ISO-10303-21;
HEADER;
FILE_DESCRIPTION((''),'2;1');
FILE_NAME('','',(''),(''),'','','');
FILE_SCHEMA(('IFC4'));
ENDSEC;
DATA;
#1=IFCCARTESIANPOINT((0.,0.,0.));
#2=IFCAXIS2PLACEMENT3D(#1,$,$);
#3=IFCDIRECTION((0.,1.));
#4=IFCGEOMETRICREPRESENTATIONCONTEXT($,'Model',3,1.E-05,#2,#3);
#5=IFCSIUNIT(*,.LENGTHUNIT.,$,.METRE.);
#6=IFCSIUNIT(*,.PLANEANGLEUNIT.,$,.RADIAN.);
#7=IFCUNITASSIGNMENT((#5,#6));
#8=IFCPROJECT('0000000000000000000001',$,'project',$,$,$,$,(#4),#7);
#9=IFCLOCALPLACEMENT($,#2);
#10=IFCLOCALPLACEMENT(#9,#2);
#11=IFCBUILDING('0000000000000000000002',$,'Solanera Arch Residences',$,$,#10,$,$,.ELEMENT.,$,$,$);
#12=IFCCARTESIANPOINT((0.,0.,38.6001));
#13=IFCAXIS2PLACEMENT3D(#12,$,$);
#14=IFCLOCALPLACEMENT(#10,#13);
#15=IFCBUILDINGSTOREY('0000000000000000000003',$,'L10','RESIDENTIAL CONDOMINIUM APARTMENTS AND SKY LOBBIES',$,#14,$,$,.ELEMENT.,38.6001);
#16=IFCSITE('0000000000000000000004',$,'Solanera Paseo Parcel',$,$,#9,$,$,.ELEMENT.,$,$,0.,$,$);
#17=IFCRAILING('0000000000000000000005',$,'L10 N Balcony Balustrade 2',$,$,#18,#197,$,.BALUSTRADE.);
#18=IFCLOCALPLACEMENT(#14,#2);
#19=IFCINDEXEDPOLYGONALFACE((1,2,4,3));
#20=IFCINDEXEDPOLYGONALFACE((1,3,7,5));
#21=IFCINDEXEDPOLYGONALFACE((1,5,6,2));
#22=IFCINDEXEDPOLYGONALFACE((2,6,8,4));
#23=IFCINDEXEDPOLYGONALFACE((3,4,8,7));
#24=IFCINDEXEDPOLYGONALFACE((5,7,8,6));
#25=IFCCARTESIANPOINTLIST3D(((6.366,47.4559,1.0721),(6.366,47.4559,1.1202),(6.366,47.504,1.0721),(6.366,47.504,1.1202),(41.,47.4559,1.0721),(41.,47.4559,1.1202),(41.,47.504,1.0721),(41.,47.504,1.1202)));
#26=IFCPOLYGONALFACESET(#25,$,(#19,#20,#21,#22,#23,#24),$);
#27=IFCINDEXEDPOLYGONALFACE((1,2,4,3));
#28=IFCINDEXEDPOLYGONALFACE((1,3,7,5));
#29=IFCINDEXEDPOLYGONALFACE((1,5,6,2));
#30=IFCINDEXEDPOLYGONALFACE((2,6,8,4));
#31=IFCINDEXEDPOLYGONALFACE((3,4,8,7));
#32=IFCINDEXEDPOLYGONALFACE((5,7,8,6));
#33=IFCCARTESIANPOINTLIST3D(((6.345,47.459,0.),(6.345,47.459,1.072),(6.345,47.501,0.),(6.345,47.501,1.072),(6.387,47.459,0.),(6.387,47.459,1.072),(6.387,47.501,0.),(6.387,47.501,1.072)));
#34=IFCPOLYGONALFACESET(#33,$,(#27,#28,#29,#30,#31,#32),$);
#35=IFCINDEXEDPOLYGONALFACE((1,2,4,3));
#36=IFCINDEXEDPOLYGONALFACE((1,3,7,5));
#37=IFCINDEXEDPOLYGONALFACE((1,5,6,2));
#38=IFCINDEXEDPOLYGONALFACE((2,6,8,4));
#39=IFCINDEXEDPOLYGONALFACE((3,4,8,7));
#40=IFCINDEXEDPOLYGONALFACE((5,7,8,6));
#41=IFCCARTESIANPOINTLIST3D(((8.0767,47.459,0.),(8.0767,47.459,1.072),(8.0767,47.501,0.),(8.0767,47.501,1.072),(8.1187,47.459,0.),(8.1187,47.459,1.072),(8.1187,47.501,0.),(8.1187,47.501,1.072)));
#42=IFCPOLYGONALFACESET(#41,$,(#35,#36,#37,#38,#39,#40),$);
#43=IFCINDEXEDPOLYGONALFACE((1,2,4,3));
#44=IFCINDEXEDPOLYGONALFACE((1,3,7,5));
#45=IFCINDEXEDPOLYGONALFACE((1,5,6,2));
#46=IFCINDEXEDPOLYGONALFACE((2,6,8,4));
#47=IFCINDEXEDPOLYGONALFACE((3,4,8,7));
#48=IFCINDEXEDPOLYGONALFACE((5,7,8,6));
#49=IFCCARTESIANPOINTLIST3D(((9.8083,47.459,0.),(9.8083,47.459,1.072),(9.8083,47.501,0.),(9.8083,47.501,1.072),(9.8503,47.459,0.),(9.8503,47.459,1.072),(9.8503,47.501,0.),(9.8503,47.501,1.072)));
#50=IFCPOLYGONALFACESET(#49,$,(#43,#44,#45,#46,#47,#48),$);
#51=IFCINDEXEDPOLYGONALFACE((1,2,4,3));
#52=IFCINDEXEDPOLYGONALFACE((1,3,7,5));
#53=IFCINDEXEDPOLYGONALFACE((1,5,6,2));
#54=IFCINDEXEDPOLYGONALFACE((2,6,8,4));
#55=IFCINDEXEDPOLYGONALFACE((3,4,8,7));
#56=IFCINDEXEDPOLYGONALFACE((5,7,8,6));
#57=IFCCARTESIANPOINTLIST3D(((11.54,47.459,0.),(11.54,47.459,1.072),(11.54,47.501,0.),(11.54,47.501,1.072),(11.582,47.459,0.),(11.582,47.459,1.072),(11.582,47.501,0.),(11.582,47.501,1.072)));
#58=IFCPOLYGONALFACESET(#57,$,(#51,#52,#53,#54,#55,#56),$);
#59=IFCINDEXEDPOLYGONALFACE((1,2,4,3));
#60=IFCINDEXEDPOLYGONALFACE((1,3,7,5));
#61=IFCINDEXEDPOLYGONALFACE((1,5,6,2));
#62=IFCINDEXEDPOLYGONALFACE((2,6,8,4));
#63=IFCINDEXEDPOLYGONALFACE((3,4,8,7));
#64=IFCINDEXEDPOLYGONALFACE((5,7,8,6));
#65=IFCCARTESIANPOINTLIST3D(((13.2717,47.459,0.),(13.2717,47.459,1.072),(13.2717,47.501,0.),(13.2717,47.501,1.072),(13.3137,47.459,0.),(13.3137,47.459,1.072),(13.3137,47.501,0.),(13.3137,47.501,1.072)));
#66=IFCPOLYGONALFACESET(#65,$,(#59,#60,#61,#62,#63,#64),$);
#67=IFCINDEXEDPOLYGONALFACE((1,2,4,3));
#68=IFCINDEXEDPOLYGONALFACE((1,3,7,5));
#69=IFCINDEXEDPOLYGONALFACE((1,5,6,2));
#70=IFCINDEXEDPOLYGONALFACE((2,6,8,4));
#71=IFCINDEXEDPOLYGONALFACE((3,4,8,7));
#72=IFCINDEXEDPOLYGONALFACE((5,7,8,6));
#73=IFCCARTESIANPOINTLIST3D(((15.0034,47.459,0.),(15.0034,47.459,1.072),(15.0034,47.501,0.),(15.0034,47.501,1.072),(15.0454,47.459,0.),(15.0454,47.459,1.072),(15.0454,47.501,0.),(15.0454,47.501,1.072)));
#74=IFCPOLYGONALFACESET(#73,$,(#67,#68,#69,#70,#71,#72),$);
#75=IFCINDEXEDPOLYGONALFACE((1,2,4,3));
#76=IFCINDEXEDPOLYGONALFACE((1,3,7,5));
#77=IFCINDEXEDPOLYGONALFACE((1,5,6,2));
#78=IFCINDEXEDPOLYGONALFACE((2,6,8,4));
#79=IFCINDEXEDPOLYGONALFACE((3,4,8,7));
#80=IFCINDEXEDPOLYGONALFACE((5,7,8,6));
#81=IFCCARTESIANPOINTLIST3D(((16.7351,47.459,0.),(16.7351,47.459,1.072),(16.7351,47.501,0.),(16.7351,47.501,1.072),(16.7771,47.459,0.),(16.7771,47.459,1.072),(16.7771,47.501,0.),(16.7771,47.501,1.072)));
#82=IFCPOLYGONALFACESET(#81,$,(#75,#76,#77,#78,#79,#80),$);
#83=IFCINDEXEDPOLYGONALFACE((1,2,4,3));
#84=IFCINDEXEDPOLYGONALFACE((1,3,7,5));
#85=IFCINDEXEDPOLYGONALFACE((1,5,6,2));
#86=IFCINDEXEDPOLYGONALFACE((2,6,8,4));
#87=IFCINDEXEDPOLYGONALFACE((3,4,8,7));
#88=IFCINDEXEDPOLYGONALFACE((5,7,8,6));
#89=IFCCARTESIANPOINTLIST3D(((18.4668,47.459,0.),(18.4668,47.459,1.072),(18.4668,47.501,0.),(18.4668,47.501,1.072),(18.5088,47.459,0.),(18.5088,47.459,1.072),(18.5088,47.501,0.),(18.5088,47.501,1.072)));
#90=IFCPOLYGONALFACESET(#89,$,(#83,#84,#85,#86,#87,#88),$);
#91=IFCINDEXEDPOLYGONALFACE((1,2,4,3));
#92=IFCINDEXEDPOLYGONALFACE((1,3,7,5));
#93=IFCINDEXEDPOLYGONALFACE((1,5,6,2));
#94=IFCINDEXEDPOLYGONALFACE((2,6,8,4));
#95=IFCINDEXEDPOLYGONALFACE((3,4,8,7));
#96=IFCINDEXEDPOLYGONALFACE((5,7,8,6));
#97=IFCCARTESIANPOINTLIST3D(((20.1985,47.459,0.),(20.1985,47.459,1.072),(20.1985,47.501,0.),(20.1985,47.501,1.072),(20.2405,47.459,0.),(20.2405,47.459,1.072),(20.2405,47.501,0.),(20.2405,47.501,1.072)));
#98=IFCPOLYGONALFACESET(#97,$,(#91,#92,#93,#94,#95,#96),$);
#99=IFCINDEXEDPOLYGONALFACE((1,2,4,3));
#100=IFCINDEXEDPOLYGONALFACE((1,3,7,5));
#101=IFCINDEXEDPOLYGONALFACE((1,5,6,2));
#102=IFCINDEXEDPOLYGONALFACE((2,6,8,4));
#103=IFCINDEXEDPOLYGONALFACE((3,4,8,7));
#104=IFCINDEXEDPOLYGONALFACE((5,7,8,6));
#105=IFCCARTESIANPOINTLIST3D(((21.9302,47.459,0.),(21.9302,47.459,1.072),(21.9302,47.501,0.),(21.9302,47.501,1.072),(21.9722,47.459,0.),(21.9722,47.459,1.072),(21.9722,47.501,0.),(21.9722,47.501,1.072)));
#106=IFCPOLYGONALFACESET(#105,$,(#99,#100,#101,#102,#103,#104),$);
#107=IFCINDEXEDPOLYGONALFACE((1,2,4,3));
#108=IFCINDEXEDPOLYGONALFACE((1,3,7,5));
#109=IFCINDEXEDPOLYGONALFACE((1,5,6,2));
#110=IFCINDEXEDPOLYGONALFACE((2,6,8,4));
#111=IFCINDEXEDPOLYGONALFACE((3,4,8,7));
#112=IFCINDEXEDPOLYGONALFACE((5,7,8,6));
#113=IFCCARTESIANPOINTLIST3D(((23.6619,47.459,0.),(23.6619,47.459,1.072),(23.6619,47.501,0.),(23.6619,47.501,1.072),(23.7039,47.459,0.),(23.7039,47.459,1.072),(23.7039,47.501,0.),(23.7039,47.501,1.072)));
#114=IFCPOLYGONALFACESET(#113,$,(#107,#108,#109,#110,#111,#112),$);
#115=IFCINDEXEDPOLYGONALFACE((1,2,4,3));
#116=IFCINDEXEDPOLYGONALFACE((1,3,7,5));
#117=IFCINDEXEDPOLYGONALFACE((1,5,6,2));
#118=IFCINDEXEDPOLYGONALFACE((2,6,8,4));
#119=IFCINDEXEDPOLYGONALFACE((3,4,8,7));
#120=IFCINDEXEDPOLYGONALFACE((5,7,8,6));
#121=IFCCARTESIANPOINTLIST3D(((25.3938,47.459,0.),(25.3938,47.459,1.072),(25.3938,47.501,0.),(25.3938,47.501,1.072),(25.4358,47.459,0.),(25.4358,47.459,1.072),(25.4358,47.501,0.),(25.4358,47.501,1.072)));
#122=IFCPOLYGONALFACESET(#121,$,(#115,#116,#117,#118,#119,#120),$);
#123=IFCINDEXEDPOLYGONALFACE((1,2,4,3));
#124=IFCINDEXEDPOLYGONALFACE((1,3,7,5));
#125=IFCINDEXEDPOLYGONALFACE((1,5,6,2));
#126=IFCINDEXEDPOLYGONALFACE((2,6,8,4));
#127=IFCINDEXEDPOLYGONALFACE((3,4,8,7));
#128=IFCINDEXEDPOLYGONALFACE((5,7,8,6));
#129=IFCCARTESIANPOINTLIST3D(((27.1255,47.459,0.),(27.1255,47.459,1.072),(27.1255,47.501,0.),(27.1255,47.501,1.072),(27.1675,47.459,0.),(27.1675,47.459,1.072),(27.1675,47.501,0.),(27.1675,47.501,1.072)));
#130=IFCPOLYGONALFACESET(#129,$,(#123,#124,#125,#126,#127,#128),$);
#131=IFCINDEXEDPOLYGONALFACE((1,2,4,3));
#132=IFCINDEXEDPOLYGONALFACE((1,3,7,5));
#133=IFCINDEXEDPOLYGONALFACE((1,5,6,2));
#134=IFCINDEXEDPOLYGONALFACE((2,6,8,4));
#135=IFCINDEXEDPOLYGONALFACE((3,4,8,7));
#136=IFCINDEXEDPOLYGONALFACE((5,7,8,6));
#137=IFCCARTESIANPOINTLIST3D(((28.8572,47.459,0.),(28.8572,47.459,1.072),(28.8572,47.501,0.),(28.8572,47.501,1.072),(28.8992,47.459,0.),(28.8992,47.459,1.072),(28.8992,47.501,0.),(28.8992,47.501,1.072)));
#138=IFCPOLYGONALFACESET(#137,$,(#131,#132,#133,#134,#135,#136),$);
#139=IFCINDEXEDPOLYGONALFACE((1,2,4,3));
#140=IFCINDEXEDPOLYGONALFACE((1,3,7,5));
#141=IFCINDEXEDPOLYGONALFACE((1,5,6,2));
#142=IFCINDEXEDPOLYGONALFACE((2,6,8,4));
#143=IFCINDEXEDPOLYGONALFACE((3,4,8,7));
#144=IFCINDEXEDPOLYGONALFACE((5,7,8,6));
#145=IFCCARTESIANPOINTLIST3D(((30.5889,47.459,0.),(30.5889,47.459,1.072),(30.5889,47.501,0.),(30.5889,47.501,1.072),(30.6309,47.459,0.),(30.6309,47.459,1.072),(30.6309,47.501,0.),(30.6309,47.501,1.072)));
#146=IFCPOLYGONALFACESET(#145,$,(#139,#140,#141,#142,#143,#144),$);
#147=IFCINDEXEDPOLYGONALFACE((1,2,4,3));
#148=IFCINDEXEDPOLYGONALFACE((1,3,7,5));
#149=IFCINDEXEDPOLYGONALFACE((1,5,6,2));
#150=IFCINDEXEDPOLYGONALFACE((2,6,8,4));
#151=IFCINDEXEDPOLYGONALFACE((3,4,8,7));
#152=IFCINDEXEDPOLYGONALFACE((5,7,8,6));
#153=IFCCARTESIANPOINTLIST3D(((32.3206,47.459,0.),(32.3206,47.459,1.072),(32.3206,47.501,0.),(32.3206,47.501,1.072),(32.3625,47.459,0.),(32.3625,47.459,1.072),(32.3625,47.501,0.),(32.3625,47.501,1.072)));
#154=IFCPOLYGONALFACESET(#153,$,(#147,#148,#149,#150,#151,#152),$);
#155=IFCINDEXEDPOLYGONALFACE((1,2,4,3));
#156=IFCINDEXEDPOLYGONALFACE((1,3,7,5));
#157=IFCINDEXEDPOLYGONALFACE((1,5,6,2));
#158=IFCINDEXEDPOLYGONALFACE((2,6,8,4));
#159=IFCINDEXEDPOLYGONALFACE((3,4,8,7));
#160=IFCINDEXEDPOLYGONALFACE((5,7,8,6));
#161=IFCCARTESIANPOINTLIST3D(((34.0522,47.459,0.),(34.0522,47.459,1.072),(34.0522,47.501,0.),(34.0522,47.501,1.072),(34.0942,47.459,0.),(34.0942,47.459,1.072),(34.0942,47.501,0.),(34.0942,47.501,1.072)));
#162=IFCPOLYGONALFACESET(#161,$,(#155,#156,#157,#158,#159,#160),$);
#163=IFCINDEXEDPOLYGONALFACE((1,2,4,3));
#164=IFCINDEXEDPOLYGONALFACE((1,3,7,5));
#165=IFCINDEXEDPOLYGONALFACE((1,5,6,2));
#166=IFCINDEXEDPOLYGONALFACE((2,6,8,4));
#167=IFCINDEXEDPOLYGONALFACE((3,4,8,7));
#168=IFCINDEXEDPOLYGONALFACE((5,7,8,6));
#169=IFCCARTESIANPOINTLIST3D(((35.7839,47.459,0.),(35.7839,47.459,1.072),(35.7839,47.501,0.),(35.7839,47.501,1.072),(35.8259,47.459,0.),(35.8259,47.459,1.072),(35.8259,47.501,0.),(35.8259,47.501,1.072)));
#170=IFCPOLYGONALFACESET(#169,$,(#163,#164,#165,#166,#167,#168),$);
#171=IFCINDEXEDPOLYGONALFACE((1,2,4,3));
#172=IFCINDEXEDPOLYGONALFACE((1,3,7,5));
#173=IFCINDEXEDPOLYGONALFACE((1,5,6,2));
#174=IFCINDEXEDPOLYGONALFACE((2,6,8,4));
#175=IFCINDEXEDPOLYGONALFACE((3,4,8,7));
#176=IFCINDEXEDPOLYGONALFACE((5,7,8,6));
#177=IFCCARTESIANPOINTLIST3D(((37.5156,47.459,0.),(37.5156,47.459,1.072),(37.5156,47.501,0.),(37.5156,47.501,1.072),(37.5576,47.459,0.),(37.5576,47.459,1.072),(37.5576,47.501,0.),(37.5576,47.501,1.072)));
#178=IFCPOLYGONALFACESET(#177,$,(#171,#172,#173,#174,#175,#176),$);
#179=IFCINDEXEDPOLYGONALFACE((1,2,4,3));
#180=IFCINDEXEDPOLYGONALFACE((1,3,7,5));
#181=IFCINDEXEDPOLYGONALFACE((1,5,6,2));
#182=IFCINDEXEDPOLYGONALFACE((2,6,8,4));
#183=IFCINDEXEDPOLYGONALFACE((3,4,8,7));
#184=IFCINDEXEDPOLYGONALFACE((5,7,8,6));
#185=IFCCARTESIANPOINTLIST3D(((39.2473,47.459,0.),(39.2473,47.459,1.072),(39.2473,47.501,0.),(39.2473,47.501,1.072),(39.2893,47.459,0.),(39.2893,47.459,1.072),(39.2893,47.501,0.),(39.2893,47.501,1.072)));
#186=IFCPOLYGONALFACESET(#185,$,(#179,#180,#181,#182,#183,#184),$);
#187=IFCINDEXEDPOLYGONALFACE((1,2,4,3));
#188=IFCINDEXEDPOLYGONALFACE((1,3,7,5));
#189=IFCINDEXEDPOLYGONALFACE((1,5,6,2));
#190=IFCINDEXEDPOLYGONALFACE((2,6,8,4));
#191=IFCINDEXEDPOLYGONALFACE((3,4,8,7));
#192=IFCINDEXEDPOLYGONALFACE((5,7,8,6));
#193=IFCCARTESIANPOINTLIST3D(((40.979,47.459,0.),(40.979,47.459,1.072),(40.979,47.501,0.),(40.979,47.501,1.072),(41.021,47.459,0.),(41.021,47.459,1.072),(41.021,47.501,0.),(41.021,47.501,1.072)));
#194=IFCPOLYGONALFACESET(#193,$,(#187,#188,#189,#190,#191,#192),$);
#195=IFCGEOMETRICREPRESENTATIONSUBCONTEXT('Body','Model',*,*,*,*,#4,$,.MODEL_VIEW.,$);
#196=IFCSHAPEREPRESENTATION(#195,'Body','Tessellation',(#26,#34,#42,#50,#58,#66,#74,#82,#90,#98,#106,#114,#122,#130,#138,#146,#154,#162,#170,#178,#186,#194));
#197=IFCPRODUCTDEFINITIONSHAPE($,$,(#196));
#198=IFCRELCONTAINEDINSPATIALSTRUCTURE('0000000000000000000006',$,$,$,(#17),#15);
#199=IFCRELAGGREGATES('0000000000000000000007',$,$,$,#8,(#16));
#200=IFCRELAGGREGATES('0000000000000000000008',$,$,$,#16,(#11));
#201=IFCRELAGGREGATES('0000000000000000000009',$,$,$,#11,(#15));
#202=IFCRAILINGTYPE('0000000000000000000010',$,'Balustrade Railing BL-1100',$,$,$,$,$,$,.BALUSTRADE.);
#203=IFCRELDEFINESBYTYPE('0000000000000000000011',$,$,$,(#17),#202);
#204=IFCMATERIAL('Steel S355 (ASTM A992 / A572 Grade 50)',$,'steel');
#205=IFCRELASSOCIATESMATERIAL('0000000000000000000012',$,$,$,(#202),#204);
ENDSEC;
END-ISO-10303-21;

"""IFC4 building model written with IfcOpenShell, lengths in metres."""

from ifc_helpers import new_model, si_unit, direction, frame, origin, origin_2d, place, context, subcontext, project, spatial, rectangle, extrude, material, type_object, element, save


model = new_model("IFC4")

# Units and contexts
model_context = context("Model", 3, precision=1e-05, world=origin(), true_north=direction((0.0, 1.0)))
body_context = subcontext(model_context, "Body", "Model", "MODEL_VIEW")
ifc_project = project(units=[si_unit("LENGTHUNIT", "METRE"), si_unit("PLANEANGLEUNIT", "RADIAN")], contexts=[model_context])

# Site, building, storey
site_placement = place(None, origin())
site = spatial("IfcSite", under=ifc_project, at=site_placement, Name="Solanera Paseo Parcel", CompositionType="ELEMENT", RefElevation=0.0)
building_placement = place(site_placement, origin())
building = spatial("IfcBuilding", under=site, at=building_placement, Name="Solanera Arch Residences", CompositionType="ELEMENT")
storey_placement = place(building_placement, frame((0.0, 0.0, 38.6001)))
storey = spatial("IfcBuildingStorey", under=building, at=storey_placement, Name="L10", Description="RESIDENTIAL CONDOMINIUM APARTMENTS AND SKY LOBBIES", CompositionType="ELEMENT", Elevation=38.6001)

# Railing
ifc_material_1 = material(Name="Steel S355 (ASTM A992 / A572 Grade 50)", Category="steel")
railing_type = type_object("IfcRailingType", Name="Balustrade Railing BL-1100", PredefinedType="BALUSTRADE", material=ifc_material_1)
railing_placement = place(storey_placement, frame((6.366, 47.48, 0.0)))
element("IfcRailing", 1, at=railing_placement, inside=storey, type_object=railing_type, Name="L10 N Balcony Balustrade 2", PredefinedType="BALUSTRADE", context=body_context, shape_type="SweptSolid", body=[
    extrude(rectangle(XDim=0.0481, YDim=0.0481, at=origin_2d()), frame((0.0, 0.0, 1.0962), z_axis=(1.0, 0.0, 0.0), x_axis=(0.0, 1.0, 0.0)), (0.0, 0.0, 1.0), 34.634),
    extrude(rectangle(XDim=0.042, YDim=0.042, at=origin_2d()), origin(), (0.0, 0.0, 1.0), 1.072),
    extrude(rectangle(XDim=0.042, YDim=0.042, at=origin_2d()), frame((1.7317, 0.0, 0.0)), (0.0, 0.0, 1.0), 1.072),
    extrude(rectangle(XDim=0.042, YDim=0.042, at=origin_2d()), frame((3.4634, 0.0, 0.0)), (0.0, 0.0, 1.0), 1.072),
    extrude(rectangle(XDim=0.042, YDim=0.042, at=origin_2d()), frame((5.1951, 0.0, 0.0)), (0.0, 0.0, 1.0), 1.072),
    extrude(rectangle(XDim=0.042, YDim=0.042, at=origin_2d()), frame((6.9268, 0.0, 0.0)), (0.0, 0.0, 1.0), 1.072),
    extrude(rectangle(XDim=0.042, YDim=0.042, at=origin_2d()), frame((8.6584, 0.0, 0.0)), (0.0, 0.0, 1.0), 1.072),
    extrude(rectangle(XDim=0.042, YDim=0.042, at=origin_2d()), frame((10.3901, 0.0, 0.0)), (0.0, 0.0, 1.0), 1.072),
    extrude(rectangle(XDim=0.042, YDim=0.042, at=origin_2d()), frame((12.1218, 0.0, 0.0)), (0.0, 0.0, 1.0), 1.072),
    extrude(rectangle(XDim=0.042, YDim=0.042, at=origin_2d()), frame((13.8535, 0.0, 0.0)), (0.0, 0.0, 1.0), 1.072),
    extrude(rectangle(XDim=0.042, YDim=0.042, at=origin_2d()), frame((15.5852, 0.0, 0.0)), (0.0, 0.0, 1.0), 1.072),
    extrude(rectangle(XDim=0.042, YDim=0.042, at=origin_2d()), frame((17.3169, 0.0, 0.0)), (0.0, 0.0, 1.0), 1.072),
    extrude(rectangle(XDim=0.042, YDim=0.042, at=origin_2d()), frame((19.0488, 0.0, 0.0)), (0.0, 0.0, 1.0), 1.072),
    extrude(rectangle(XDim=0.042, YDim=0.042, at=origin_2d()), frame((20.7805, 0.0, 0.0)), (0.0, 0.0, 1.0), 1.072),
    extrude(rectangle(XDim=0.042, YDim=0.042, at=origin_2d()), frame((22.5122, 0.0, 0.0)), (0.0, 0.0, 1.0), 1.072),
    extrude(rectangle(XDim=0.042, YDim=0.042, at=origin_2d()), frame((24.2439, 0.0, 0.0)), (0.0, 0.0, 1.0), 1.072),
    extrude(rectangle(XDim=0.042, YDim=0.042, at=origin_2d()), frame((25.9756, 0.0, 0.0)), (0.0, 0.0, 1.0), 1.072),
    extrude(rectangle(XDim=0.042, YDim=0.042, at=origin_2d()), frame((27.7073, 0.0, 0.0)), (0.0, 0.0, 1.0), 1.072),
    extrude(rectangle(XDim=0.042, YDim=0.042, at=origin_2d()), frame((29.439, 0.0, 0.0)), (0.0, 0.0, 1.0), 1.072),
    extrude(rectangle(XDim=0.042, YDim=0.042, at=origin_2d()), frame((31.1707, 0.0, 0.0)), (0.0, 0.0, 1.0), 1.072),
    extrude(rectangle(XDim=0.042, YDim=0.042, at=origin_2d()), frame((32.9023, 0.0, 0.0)), (0.0, 0.0, 1.0), 1.072),
    extrude(rectangle(XDim=0.042, YDim=0.042, at=origin_2d()), frame((34.634, 0.0, 0.0)), (0.0, 0.0, 1.0), 1.072),
])

save(model, "model.ifc")
